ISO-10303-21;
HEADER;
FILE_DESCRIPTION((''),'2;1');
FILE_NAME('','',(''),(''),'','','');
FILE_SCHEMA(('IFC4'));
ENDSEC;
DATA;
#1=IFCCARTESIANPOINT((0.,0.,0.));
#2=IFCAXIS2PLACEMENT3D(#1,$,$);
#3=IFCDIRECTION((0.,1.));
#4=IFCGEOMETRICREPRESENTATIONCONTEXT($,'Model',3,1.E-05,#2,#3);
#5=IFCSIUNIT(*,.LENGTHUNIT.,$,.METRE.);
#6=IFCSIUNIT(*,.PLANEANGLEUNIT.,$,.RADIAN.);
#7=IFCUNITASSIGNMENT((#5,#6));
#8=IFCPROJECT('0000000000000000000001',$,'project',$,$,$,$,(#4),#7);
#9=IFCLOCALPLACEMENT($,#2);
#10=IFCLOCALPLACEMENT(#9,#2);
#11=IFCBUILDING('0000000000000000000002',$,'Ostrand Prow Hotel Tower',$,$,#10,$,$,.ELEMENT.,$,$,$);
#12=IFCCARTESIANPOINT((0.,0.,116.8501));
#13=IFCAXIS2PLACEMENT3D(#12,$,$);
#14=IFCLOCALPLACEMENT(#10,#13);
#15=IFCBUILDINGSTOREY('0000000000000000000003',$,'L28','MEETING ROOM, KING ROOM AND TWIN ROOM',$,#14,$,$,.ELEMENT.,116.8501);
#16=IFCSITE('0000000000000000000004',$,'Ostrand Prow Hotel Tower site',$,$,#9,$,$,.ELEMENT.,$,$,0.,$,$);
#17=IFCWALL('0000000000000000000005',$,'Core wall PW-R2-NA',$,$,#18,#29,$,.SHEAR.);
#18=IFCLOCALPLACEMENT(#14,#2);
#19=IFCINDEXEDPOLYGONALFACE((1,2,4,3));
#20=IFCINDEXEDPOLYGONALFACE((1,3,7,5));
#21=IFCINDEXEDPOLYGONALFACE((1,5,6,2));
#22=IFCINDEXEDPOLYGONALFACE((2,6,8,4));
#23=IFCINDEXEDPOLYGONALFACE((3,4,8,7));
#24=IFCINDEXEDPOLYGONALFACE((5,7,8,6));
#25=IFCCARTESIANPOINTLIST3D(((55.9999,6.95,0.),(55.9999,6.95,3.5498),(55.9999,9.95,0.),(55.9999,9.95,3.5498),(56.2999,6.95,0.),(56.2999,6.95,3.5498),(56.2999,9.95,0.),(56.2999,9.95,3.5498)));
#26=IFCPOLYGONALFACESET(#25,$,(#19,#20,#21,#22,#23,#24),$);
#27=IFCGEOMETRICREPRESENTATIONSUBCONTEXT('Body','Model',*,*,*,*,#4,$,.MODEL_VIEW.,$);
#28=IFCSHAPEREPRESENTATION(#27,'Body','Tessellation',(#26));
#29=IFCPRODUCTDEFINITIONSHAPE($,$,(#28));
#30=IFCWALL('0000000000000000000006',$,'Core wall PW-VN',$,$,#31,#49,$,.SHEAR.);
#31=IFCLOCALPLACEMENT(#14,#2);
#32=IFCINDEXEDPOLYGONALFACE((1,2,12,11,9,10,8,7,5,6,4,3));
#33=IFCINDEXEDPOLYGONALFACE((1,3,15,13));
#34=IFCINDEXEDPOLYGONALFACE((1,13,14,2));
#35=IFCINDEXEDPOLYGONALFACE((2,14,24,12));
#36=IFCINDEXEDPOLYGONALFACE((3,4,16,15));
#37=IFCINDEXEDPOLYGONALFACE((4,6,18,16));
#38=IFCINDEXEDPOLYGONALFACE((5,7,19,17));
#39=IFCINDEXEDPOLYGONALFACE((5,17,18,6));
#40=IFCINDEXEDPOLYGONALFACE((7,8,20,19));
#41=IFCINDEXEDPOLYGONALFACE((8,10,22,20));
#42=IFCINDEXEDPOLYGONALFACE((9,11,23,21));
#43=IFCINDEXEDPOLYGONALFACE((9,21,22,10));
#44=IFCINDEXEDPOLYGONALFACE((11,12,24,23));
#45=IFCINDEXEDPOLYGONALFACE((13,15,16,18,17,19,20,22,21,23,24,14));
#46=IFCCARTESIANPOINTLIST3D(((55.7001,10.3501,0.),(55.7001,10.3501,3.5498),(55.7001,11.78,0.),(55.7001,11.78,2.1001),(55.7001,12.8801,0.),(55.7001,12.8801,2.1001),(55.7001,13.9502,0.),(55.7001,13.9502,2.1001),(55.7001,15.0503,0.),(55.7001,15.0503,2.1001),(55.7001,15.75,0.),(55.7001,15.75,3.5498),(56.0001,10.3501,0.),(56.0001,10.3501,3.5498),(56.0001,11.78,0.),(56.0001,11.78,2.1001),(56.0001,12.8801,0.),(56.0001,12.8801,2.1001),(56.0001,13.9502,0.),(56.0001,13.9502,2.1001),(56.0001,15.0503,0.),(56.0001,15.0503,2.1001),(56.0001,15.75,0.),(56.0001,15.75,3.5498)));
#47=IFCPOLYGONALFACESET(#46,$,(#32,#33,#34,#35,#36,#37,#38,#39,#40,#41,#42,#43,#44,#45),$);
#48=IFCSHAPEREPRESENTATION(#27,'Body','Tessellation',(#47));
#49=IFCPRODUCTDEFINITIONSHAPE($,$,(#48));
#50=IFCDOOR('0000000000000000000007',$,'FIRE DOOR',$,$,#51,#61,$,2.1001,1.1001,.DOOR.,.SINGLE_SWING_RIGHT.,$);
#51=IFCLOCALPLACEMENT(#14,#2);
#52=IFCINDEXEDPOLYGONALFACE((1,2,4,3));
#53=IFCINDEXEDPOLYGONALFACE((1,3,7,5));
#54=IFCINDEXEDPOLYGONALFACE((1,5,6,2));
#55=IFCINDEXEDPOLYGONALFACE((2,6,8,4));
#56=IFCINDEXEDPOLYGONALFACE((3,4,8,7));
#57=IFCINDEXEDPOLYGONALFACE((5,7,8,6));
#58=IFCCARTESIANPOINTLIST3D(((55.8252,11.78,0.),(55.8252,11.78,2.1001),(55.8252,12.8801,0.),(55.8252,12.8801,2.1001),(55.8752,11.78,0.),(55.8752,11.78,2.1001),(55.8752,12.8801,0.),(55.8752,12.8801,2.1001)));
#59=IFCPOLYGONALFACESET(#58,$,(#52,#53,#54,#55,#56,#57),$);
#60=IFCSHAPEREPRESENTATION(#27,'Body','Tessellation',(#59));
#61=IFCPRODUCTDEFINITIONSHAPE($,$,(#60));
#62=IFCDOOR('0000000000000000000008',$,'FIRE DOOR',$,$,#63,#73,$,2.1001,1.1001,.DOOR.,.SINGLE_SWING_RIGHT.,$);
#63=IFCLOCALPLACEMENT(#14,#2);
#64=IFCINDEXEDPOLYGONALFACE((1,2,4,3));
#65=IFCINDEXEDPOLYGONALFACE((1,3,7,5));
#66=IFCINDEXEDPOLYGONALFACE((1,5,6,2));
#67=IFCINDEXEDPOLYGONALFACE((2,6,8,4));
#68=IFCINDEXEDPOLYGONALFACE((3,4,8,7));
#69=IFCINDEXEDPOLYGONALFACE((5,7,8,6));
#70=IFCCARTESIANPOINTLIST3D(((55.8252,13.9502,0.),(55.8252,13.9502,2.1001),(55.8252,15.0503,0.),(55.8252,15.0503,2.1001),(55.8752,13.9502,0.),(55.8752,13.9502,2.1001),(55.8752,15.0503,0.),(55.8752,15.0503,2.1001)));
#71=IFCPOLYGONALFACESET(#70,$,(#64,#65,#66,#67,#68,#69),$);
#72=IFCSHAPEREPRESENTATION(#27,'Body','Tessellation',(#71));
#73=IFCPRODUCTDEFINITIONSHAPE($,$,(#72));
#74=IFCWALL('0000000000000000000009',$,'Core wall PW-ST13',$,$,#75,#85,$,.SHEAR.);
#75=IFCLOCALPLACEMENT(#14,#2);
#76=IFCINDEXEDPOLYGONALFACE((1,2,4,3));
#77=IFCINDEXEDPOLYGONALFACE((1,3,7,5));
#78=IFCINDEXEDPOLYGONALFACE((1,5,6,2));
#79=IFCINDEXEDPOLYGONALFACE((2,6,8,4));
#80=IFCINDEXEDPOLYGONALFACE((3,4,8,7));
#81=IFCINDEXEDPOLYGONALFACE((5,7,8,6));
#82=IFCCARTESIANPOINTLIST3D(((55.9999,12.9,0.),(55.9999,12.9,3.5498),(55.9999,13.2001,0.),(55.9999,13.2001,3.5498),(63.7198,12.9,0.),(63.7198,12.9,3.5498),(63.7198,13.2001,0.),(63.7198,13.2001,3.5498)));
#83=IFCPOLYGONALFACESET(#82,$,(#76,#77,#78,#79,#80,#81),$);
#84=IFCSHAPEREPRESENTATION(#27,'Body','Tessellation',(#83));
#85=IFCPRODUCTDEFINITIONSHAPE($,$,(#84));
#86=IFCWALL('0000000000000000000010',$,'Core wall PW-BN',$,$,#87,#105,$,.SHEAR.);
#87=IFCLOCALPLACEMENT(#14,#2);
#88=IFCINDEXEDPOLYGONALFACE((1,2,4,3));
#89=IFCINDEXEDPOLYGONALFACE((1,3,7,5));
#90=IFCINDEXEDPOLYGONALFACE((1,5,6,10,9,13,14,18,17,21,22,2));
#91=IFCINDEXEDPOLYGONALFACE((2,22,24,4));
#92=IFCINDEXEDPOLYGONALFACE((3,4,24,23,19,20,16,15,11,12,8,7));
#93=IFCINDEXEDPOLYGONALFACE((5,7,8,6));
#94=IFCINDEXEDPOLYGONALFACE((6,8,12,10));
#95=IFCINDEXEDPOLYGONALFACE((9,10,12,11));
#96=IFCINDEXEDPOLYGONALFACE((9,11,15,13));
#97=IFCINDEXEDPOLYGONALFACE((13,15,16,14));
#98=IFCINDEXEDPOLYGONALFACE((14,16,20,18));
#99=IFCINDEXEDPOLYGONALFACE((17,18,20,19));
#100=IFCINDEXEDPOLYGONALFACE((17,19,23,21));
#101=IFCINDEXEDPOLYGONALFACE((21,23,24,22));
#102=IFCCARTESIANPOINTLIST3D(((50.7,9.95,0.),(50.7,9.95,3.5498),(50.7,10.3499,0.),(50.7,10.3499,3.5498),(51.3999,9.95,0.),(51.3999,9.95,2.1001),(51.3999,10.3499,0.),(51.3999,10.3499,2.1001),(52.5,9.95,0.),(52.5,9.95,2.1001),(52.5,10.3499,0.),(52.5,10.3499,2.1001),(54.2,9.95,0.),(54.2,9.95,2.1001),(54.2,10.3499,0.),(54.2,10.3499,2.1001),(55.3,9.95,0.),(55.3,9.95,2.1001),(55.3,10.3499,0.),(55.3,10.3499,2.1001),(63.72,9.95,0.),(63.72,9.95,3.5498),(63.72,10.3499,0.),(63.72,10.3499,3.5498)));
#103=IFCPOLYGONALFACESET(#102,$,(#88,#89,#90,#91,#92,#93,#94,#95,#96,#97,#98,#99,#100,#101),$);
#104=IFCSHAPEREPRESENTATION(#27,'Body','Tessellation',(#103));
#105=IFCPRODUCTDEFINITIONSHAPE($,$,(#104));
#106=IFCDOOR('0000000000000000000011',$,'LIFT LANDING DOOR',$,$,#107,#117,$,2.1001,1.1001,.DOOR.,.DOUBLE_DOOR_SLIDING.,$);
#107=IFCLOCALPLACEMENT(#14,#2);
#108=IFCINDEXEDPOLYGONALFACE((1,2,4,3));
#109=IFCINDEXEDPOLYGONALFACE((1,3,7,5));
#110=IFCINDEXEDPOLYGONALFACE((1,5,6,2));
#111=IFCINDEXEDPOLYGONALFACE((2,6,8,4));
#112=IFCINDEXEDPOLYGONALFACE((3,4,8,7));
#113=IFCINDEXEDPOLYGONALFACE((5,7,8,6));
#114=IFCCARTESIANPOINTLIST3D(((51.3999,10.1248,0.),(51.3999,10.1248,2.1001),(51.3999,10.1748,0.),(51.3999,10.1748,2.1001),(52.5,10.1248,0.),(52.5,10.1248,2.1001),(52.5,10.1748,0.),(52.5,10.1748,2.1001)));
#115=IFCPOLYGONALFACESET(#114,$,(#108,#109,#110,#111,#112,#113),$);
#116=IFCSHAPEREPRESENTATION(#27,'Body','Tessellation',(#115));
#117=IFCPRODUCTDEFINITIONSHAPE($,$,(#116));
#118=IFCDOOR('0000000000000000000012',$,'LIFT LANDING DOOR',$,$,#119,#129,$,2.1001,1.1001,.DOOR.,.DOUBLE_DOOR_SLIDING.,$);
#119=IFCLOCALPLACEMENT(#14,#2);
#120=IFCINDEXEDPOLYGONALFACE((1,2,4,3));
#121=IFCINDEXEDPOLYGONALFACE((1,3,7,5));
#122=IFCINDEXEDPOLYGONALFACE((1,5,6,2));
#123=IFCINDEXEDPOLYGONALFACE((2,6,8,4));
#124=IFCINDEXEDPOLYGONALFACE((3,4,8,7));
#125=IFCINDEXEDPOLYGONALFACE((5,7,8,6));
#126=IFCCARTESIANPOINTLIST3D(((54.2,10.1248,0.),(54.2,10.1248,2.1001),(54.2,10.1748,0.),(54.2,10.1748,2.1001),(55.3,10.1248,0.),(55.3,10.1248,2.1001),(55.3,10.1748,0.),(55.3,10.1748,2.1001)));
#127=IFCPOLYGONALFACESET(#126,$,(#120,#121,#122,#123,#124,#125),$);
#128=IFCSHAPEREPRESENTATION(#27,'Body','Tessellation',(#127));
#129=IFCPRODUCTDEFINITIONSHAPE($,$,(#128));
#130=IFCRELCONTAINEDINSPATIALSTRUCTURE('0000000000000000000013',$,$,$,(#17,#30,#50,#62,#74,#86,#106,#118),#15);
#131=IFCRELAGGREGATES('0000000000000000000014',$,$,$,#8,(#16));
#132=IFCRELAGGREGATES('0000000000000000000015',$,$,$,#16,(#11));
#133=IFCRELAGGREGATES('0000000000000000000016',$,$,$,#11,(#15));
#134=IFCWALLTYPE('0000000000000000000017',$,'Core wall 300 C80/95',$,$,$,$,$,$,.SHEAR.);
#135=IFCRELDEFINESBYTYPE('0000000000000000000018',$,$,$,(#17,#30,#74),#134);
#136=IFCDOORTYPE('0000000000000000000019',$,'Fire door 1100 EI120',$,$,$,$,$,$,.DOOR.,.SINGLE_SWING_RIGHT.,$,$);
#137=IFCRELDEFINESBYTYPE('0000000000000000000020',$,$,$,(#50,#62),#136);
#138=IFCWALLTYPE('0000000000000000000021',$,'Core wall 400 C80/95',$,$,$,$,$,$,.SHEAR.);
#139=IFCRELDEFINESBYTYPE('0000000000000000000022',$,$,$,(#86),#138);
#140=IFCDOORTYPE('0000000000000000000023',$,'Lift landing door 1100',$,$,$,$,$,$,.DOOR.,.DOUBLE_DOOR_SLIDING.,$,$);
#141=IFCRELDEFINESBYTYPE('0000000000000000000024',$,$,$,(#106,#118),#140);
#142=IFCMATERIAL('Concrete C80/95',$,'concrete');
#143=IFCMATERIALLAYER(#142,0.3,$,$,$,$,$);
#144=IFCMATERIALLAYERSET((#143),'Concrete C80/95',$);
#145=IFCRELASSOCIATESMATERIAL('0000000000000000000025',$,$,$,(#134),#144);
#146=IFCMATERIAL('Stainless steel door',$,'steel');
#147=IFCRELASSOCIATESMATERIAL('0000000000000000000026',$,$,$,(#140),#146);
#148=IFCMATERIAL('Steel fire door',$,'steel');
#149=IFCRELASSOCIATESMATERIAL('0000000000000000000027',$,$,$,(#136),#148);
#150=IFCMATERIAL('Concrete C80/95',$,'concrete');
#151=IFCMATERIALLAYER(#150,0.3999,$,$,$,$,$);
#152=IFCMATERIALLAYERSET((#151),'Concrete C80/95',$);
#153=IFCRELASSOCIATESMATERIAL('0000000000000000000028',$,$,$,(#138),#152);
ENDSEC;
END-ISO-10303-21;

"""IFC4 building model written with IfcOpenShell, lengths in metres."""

from ifc_helpers import new_model, si_unit, direction, frame, frame_2d, origin, place, context, subcontext, project, spatial, rectangle, extrude, material, layer, layer_set, type_object, element, fill, save


model = new_model("IFC4")

# Units and contexts
model_context = context("Model", 3, precision=1e-05, world=origin(), true_north=direction((0.0, 1.0)))
body_context = subcontext(model_context, "Body", "Model", "MODEL_VIEW")
ifc_project = project(units=[si_unit("LENGTHUNIT", "METRE"), si_unit("PLANEANGLEUNIT", "RADIAN")], contexts=[model_context])

# Site, building, storey
site_placement = place(None, origin())
site = spatial("IfcSite", under=ifc_project, at=site_placement, Name="Ostrand Prow Hotel Tower site", CompositionType="ELEMENT", RefElevation=0.0)
building_placement = place(site_placement, origin())
building = spatial("IfcBuilding", under=site, at=building_placement, Name="Ostrand Prow Hotel Tower", CompositionType="ELEMENT")
storey_placement = place(building_placement, frame((0.0, 0.0, 116.8501)))
storey = spatial("IfcBuildingStorey", under=building, at=storey_placement, Name="L28", Description="MEETING ROOM, KING ROOM AND TWIN ROOM", CompositionType="ELEMENT", Elevation=116.8501)

# Shared definitions
ifc_material_1 = material(Name="Concrete C80/95", Category="concrete")
ifc_layer_1 = layer(ifc_material_1, 0.3)
ifc_layer_set_1 = layer_set([ifc_layer_1], Name="Concrete C80/95")
wall_type_1 = type_object("IfcWallType", Name="Core wall 300 C80/95", PredefinedType="SHEAR", material=ifc_layer_set_1)
ifc_material_2 = material(Name="Stainless steel door", Category="steel")
door_type_1 = type_object("IfcDoorType", Name="Lift landing door 1100", OperationType="DOUBLE_DOOR_SLIDING", PredefinedType="DOOR", material=ifc_material_2)

# Wall
for number, where, z_axis, x_axis, name in (
    (1, (56.1499, 6.95, 0.0), (0.0, 0.0, 1.0), (0.0, 1.0, 0.0), "Core wall PW-R2-NA"),
):
    element("IfcWall", number, at=place(storey_placement, frame(where, z_axis=z_axis, x_axis=x_axis)), inside=storey, type_object=wall_type_1, Name=name, PredefinedType="SHEAR", context=body_context, shape_type="SweptSolid", body=[
        extrude(rectangle(XDim=3.0, YDim=0.3, at=frame_2d((1.5, 0.0))), origin(), (0.0, 0.0, 1.0), 3.5498),
    ])

# Wall, openings, doors
wall_1_placement = place(storey_placement, frame((55.8501, 10.3501, 0.0), z_axis=(0.0, 0.0, 1.0), x_axis=(0.0, 1.0, 0.0)))
wall_1 = element("IfcWall", 2, at=wall_1_placement, inside=storey, type_object=wall_type_1, Name="Core wall PW-VN", PredefinedType="SHEAR", context=body_context, shape_type="SweptSolid", body=[
    extrude(rectangle(XDim=5.3999, YDim=0.3, at=frame_2d((2.7, 0.0))), origin(), (0.0, 0.0, 1.0), 3.5498),
])
opening_1_placement = place(wall_1_placement, frame((1.4299, 0.0, 0.0)))
opening_1 = element("IfcOpeningElement", 3, at=opening_1_placement, cuts=wall_1, PredefinedType="OPENING", context=body_context, shape_type="SweptSolid", body=[
    extrude(rectangle(XDim=1.1001, YDim=2.1001, at=frame_2d((0.55, 1.05))), frame((0.0, 0.1599, 0.0), z_axis=(0.0, -1.0, 0.0), x_axis=(1.0, 0.0, 0.0)), (0.0, 0.0, 1.0), 0.3201),
])
opening_2_placement = place(wall_1_placement, frame((3.6001, 0.0, 0.0)))
opening_2 = element("IfcOpeningElement", 4, at=opening_2_placement, cuts=wall_1, PredefinedType="OPENING", context=body_context, shape_type="SweptSolid", body=[
    extrude(rectangle(XDim=1.1001, YDim=2.1001, at=frame_2d((0.55, 1.05))), frame((0.0, 0.1599, 0.0), z_axis=(0.0, -1.0, 0.0), x_axis=(1.0, 0.0, 0.0)), (0.0, 0.0, 1.0), 0.3201),
])
ifc_material_3 = material(Name="Steel fire door", Category="steel")
door_type_2 = type_object("IfcDoorType", Name="Fire door 1100 EI120", OperationType="SINGLE_SWING_RIGHT", PredefinedType="DOOR", material=ifc_material_3)
door_1_placement = place(opening_1_placement, origin())
door_1 = element("IfcDoor", 5, at=door_1_placement, inside=storey, type_object=door_type_2, Name="FIRE DOOR", OperationType="SINGLE_SWING_RIGHT", OverallHeight=2.1001, OverallWidth=1.1001, PredefinedType="DOOR", context=body_context, shape_type="SweptSolid", body=[
    extrude(rectangle(XDim=1.1001, YDim=2.1001, at=frame_2d((0.55, 1.05))), frame((0.0, 0.0249, 0.0), z_axis=(0.0, -1.0, 0.0), x_axis=(1.0, 0.0, 0.0)), (0.0, 0.0, 1.0), 0.05),
])
fill(opening_1, door_1)
door_2_placement = place(opening_2_placement, origin())
door_2 = element("IfcDoor", 6, at=door_2_placement, inside=storey, type_object=door_type_2, Name="FIRE DOOR", OperationType="SINGLE_SWING_RIGHT", OverallHeight=2.1001, OverallWidth=1.1001, PredefinedType="DOOR", context=body_context, shape_type="SweptSolid", body=[
    extrude(rectangle(XDim=1.1001, YDim=2.1001, at=frame_2d((0.55, 1.05))), frame((0.0, 0.0249, 0.0), z_axis=(0.0, -1.0, 0.0), x_axis=(1.0, 0.0, 0.0)), (0.0, 0.0, 1.0), 0.05),
])
fill(opening_2, door_2)

# Wall
wall_2_placement = place(storey_placement, frame((56.0, 13.05, 0.0), z_axis=(0.0, 0.0, 1.0), x_axis=(1.0, 0.0, 0.0)))
element("IfcWall", 7, at=wall_2_placement, inside=storey, type_object=wall_type_1, Name="Core wall PW-ST13", PredefinedType="SHEAR", context=body_context, shape_type="SweptSolid", body=[
    extrude(rectangle(XDim=7.72, YDim=0.3, at=frame_2d((3.8599, 0.0))), origin(), (0.0, 0.0, 1.0), 3.5498),
])

# Wall, openings, doors
ifc_material_4 = material(Name="Concrete C80/95", Category="concrete")
ifc_layer_2 = layer(ifc_material_4, 0.3999)
ifc_layer_set_2 = layer_set([ifc_layer_2], Name="Concrete C80/95")
wall_type_2 = type_object("IfcWallType", Name="Core wall 400 C80/95", PredefinedType="SHEAR", material=ifc_layer_set_2)
wall_3_placement = place(storey_placement, frame((50.7, 10.1499, 0.0), z_axis=(0.0, 0.0, 1.0), x_axis=(1.0, 0.0, 0.0)))
wall_3 = element("IfcWall", 8, at=wall_3_placement, inside=storey, type_object=wall_type_2, Name="Core wall PW-BN", PredefinedType="SHEAR", context=body_context, shape_type="SweptSolid", body=[
    extrude(rectangle(XDim=13.02, YDim=0.3999, at=frame_2d((6.51, 0.0))), origin(), (0.0, 0.0, 1.0), 3.5498),
])
opening_3_placement = place(wall_3_placement, frame((0.7, 0.0, 0.0)))
opening_3 = element("IfcOpeningElement", 9, at=opening_3_placement, cuts=wall_3, PredefinedType="OPENING", context=body_context, shape_type="SweptSolid", body=[
    extrude(rectangle(XDim=1.1001, YDim=2.1001, at=frame_2d((0.55, 1.05))), frame((0.0, 0.21, 0.0), z_axis=(0.0, -1.0, 0.0), x_axis=(1.0, 0.0, 0.0)), (0.0, 0.0, 1.0), 0.4199),
])
opening_4_placement = place(wall_3_placement, frame((3.5, 0.0, 0.0)))
opening_4 = element("IfcOpeningElement", 10, at=opening_4_placement, cuts=wall_3, PredefinedType="OPENING", context=body_context, shape_type="SweptSolid", body=[
    extrude(rectangle(XDim=1.1001, YDim=2.1001, at=frame_2d((0.55, 1.05))), frame((0.0, 0.21, 0.0), z_axis=(0.0, -1.0, 0.0), x_axis=(1.0, 0.0, 0.0)), (0.0, 0.0, 1.0), 0.4199),
])
door_3_placement = place(opening_3_placement, origin())
door_3 = element("IfcDoor", 11, at=door_3_placement, inside=storey, type_object=door_type_1, Name="LIFT LANDING DOOR", OperationType="DOUBLE_DOOR_SLIDING", OverallHeight=2.1001, OverallWidth=1.1001, PredefinedType="DOOR", context=body_context, shape_type="SweptSolid", body=[
    extrude(rectangle(XDim=1.1001, YDim=2.1001, at=frame_2d((0.55, 1.05))), frame((0.0, 0.0249, 0.0), z_axis=(0.0, -1.0, 0.0), x_axis=(1.0, 0.0, 0.0)), (0.0, 0.0, 1.0), 0.05),
])
fill(opening_3, door_3)
door_4_placement = place(opening_4_placement, origin())
door_4 = element("IfcDoor", 12, at=door_4_placement, inside=storey, type_object=door_type_1, Name="LIFT LANDING DOOR", OperationType="DOUBLE_DOOR_SLIDING", OverallHeight=2.1001, OverallWidth=1.1001, PredefinedType="DOOR", context=body_context, shape_type="SweptSolid", body=[
    extrude(rectangle(XDim=1.1001, YDim=2.1001, at=frame_2d((0.55, 1.05))), frame((0.0, 0.0249, 0.0), z_axis=(0.0, -1.0, 0.0), x_axis=(1.0, 0.0, 0.0)), (0.0, 0.0, 1.0), 0.05),
])
fill(opening_4, door_4)

save(model, "model.ifc")
